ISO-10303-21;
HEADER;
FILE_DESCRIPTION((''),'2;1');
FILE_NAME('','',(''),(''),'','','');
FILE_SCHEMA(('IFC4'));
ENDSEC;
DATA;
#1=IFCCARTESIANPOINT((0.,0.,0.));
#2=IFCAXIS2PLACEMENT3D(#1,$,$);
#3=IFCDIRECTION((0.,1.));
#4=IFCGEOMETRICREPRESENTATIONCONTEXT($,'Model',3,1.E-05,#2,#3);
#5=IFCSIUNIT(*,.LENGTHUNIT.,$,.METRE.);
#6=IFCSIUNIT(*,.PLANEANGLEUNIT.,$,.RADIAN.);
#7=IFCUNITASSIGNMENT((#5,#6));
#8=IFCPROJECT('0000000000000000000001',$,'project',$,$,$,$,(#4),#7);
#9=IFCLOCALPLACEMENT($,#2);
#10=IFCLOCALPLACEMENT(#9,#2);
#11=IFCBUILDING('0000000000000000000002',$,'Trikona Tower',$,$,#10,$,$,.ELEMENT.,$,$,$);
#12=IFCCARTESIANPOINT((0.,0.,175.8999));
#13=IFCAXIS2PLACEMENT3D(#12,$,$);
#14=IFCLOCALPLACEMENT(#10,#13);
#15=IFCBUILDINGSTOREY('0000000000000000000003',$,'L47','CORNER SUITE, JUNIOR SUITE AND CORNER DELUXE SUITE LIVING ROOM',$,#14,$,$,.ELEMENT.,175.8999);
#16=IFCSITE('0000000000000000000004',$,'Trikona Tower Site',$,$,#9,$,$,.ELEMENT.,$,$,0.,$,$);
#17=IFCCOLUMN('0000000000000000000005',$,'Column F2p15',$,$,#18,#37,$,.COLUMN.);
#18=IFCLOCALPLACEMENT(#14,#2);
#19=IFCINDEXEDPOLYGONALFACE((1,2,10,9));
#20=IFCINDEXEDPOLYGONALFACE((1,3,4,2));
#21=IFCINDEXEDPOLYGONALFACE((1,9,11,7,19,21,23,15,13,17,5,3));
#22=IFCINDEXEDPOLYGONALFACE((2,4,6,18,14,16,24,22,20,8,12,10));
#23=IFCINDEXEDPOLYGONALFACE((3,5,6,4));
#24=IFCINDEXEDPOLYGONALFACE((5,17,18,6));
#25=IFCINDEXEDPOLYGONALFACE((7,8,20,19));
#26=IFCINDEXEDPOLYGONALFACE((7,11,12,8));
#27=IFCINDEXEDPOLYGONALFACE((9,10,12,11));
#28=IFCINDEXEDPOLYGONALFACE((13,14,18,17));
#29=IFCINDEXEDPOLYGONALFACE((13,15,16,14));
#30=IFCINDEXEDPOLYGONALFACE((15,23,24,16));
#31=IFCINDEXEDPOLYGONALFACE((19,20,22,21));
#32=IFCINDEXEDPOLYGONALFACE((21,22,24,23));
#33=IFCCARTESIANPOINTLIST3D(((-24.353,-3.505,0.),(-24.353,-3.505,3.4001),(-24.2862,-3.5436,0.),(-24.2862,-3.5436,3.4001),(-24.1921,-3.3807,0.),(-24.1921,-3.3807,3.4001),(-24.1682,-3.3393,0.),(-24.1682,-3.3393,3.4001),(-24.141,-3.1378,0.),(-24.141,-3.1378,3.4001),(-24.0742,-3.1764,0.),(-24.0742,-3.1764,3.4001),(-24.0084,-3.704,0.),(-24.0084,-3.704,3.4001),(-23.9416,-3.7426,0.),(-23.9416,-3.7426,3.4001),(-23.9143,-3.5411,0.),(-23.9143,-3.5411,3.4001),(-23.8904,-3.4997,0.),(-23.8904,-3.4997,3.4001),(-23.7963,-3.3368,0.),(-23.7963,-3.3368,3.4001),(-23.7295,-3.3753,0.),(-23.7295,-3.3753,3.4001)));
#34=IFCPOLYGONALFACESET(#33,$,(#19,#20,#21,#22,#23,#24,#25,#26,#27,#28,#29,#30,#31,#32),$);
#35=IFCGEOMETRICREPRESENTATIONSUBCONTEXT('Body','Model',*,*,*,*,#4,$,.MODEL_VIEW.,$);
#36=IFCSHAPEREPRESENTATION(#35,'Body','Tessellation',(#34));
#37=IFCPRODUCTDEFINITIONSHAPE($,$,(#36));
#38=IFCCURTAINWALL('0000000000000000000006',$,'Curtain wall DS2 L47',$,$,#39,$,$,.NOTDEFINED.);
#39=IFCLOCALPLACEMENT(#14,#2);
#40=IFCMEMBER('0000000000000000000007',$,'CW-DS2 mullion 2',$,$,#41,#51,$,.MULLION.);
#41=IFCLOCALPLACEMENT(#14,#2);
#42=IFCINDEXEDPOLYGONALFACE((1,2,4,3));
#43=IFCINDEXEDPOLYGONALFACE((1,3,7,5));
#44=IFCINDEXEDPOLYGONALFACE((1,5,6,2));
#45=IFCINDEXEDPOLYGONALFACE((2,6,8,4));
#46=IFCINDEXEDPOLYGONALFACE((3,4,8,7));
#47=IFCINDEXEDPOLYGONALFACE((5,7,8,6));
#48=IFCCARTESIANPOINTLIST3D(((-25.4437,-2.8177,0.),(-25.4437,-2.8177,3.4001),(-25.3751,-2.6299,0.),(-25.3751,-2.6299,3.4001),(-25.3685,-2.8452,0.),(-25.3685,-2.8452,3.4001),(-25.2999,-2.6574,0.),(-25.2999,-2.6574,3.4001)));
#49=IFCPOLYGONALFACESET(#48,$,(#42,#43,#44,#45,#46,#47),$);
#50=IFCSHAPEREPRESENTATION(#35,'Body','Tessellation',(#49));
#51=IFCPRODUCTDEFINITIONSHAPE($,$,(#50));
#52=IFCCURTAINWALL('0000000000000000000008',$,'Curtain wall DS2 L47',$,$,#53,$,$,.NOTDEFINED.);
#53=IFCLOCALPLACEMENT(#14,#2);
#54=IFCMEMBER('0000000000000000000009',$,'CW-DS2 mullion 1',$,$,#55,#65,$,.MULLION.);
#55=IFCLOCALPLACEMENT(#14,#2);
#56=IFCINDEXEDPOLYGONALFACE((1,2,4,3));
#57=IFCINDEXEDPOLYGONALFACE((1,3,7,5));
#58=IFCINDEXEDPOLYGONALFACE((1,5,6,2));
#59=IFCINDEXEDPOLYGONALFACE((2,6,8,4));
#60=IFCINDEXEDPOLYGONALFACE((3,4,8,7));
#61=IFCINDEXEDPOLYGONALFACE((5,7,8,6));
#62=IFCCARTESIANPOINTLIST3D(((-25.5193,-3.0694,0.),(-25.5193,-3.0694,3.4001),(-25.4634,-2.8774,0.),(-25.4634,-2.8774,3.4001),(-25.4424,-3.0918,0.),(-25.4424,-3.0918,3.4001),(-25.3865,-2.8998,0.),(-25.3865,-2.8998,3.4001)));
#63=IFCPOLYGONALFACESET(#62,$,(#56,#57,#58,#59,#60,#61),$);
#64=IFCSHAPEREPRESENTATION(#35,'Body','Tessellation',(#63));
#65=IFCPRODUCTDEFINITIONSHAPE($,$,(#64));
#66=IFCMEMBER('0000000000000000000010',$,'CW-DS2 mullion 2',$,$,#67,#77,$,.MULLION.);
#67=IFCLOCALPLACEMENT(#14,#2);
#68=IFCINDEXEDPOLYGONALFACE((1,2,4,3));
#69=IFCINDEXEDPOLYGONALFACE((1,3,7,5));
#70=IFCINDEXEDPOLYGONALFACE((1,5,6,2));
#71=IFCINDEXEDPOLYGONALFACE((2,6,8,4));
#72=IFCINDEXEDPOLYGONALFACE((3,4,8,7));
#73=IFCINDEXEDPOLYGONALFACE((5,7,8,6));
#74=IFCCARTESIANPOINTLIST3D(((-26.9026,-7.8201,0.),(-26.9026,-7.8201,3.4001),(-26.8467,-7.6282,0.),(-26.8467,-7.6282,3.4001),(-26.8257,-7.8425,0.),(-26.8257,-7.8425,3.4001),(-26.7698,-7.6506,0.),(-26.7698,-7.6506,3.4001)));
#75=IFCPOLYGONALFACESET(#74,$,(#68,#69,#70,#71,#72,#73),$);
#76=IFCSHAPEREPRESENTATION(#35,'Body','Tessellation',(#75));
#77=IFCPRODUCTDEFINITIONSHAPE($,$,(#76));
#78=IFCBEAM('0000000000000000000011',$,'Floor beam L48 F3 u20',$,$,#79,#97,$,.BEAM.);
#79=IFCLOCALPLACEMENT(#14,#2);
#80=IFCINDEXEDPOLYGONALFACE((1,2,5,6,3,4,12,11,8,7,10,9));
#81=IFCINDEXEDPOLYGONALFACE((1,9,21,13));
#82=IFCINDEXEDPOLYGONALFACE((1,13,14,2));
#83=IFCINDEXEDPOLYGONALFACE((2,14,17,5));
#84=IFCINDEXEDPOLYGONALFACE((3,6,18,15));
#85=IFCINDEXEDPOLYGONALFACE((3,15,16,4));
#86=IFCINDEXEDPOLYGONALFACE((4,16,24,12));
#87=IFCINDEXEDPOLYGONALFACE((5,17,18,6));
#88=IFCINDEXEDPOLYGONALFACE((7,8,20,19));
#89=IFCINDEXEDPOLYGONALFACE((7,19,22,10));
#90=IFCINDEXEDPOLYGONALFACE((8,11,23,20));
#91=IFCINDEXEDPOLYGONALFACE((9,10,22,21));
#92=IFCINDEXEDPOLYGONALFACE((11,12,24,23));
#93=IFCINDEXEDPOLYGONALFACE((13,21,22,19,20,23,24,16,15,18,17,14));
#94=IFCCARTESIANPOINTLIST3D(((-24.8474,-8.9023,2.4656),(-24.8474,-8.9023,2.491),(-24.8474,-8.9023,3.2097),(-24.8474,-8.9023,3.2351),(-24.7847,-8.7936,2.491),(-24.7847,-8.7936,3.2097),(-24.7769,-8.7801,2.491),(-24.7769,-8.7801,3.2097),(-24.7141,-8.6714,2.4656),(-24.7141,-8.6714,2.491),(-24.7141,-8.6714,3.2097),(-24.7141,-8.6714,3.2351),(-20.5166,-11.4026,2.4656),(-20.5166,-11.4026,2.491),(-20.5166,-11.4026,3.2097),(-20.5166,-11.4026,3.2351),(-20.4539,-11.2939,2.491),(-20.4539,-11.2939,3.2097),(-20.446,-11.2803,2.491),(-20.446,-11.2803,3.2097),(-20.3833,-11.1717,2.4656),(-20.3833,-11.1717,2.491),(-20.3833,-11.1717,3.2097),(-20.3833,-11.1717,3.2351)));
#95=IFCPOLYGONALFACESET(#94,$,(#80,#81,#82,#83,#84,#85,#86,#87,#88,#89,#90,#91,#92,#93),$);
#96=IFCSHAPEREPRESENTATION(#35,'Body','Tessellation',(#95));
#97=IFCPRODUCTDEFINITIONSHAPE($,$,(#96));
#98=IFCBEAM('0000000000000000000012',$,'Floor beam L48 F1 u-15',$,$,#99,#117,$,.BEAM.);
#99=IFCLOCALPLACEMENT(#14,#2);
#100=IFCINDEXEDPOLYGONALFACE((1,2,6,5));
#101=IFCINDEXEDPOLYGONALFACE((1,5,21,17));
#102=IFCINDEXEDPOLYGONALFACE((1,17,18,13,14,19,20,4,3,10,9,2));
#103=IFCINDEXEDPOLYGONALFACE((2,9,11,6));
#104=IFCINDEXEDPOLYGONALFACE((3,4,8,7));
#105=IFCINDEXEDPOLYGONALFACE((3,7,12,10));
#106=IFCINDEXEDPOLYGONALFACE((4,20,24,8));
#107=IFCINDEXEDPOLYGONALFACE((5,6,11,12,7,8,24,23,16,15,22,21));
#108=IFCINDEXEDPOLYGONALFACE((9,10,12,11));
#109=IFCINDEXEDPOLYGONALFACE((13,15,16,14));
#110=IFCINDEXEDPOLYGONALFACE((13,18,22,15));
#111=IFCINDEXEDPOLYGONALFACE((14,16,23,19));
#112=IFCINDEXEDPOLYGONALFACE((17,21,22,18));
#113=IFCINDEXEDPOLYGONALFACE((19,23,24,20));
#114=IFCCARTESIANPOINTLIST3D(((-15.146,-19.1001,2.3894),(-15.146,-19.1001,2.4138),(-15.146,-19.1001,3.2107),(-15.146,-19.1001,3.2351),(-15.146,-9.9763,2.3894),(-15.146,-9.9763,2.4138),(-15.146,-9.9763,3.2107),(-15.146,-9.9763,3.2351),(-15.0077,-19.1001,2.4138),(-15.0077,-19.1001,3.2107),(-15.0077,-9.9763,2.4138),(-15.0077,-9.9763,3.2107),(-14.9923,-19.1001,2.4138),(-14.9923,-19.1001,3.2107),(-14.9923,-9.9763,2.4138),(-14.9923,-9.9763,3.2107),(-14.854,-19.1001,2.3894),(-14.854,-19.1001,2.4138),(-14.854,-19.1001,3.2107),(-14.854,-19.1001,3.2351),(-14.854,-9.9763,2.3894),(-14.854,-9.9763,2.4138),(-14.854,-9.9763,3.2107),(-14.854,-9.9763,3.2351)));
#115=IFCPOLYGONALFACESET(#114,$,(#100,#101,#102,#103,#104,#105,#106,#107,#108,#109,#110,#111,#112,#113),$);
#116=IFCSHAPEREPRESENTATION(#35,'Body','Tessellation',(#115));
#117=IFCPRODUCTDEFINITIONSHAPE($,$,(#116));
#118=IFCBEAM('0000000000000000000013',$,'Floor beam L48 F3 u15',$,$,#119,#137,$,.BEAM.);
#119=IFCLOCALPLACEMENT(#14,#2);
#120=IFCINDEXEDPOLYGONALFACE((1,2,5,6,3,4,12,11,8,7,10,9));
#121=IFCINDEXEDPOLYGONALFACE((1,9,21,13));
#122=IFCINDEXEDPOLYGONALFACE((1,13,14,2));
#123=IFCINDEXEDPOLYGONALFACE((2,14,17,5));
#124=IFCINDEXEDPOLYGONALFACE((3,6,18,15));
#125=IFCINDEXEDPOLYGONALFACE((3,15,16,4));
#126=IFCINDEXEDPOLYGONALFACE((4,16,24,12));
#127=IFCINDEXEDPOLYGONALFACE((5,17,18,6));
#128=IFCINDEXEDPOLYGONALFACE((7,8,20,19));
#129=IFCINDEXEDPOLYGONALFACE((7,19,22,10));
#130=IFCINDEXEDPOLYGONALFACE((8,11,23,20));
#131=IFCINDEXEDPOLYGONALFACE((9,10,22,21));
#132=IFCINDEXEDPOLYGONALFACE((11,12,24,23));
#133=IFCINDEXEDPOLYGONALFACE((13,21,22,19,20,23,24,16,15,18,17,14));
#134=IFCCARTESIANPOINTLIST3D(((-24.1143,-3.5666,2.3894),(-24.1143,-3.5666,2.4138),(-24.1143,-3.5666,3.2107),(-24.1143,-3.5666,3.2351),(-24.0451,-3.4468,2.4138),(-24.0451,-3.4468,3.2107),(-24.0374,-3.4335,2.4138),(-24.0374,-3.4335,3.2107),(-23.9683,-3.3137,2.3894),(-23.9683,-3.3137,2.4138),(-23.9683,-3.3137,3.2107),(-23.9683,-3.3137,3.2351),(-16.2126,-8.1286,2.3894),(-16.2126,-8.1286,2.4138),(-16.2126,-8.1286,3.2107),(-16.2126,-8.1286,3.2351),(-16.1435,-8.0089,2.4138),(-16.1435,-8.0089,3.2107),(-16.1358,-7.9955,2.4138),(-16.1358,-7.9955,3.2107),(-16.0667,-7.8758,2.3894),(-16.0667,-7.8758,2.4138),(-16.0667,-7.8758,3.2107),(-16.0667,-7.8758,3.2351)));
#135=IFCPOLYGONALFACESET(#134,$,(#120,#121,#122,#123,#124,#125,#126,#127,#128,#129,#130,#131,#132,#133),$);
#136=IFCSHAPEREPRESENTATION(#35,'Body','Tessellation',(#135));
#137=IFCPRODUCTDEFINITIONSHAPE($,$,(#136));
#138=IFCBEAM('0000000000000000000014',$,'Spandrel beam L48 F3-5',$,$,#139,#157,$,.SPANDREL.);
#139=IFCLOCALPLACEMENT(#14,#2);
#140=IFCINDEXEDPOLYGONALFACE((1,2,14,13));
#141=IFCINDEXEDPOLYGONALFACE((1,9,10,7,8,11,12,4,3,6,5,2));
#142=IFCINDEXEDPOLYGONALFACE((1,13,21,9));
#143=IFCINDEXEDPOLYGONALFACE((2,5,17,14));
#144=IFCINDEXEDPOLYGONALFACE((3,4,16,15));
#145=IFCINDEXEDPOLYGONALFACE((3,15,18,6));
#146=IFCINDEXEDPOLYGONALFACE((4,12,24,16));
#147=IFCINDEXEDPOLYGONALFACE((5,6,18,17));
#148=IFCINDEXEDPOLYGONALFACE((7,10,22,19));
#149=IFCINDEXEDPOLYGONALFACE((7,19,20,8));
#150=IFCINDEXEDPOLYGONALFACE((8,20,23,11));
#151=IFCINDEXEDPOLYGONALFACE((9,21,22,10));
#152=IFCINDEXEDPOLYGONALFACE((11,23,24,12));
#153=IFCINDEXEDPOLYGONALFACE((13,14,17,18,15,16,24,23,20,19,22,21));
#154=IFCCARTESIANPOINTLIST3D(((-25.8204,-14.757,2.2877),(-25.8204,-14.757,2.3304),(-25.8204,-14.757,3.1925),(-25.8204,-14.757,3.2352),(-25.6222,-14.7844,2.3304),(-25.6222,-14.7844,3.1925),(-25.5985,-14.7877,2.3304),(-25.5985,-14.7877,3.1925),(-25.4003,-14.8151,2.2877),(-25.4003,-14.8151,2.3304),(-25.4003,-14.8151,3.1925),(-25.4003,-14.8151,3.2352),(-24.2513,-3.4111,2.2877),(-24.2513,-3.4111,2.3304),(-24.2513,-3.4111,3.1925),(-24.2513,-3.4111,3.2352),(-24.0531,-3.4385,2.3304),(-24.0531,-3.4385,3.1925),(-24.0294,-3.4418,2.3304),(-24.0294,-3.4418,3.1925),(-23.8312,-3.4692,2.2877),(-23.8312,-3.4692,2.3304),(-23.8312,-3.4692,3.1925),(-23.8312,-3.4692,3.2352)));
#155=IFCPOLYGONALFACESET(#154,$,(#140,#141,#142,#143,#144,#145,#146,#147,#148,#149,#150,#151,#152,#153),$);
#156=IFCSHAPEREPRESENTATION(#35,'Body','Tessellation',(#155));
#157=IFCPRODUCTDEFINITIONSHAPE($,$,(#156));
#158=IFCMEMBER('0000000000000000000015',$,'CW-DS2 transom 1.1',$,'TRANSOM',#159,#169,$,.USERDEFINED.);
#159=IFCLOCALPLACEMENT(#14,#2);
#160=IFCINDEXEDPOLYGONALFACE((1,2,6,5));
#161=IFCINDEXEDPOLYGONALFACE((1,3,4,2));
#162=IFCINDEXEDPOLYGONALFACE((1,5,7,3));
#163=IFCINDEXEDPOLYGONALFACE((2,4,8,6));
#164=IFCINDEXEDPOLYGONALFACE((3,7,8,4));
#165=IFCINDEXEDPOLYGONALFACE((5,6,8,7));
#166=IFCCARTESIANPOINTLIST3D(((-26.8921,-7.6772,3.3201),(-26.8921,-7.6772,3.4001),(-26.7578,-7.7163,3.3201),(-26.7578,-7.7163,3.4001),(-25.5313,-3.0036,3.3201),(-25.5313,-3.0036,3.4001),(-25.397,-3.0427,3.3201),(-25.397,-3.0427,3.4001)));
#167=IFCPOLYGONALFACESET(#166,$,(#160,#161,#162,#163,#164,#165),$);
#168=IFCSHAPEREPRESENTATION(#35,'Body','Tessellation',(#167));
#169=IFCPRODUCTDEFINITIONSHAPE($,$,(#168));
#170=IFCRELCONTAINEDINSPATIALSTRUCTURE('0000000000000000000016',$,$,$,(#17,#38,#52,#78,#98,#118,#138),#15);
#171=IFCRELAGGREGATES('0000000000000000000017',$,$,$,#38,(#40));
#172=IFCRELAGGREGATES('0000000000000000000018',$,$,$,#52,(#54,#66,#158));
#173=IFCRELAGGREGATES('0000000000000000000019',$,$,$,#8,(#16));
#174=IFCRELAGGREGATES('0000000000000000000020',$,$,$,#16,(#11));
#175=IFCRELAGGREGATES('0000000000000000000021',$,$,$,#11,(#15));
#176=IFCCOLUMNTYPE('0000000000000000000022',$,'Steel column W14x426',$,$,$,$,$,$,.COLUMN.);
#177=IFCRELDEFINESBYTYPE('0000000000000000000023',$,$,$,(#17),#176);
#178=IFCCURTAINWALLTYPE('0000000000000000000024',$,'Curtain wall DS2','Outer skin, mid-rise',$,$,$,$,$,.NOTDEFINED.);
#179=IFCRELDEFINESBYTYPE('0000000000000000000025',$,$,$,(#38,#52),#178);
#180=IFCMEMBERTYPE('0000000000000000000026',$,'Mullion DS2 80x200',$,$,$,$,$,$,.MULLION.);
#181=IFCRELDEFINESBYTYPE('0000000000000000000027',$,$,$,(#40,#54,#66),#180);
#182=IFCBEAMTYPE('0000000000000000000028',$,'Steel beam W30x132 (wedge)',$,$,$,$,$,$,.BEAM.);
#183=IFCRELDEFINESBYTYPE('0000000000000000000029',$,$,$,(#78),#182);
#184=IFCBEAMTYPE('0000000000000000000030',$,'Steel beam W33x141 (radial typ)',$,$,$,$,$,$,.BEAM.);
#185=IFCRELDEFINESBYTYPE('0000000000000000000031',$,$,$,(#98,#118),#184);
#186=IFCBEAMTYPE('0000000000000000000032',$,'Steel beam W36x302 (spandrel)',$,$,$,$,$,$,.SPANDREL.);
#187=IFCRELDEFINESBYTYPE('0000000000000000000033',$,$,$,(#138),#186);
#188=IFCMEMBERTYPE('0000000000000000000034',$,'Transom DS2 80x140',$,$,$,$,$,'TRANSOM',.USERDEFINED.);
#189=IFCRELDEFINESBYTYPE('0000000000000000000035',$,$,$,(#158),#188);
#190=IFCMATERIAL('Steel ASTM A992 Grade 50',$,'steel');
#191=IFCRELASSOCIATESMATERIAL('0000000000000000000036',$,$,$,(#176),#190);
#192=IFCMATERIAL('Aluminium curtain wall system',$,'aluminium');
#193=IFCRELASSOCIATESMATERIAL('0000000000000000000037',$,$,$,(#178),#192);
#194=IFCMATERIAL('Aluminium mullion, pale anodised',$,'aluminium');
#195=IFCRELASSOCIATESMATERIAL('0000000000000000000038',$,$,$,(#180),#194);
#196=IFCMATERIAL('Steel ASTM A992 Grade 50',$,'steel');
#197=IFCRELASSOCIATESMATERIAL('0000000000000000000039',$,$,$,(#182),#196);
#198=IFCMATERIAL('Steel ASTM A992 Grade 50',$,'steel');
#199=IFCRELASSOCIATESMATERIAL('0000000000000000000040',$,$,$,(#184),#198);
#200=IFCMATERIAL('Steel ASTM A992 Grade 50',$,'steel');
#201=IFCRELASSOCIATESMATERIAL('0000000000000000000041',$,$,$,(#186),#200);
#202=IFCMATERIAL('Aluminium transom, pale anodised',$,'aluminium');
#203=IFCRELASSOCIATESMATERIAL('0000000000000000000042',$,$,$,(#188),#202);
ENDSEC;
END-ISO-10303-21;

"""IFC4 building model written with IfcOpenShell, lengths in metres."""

from ifc_helpers import new_model, si_unit, direction, frame, origin, origin_2d, place, context, subcontext, project, spatial, rectangle, i_section, extrude, material, material_profile, profile_set, type_object, element, aggregate, save


model = new_model("IFC4")

# Units and contexts
model_context = context("Model", 3, precision=1e-05, world=origin(), true_north=direction((0.0, 1.0)))
body_context = subcontext(model_context, "Body", "Model", "MODEL_VIEW")
ifc_project = project(units=[si_unit("LENGTHUNIT", "METRE"), si_unit("PLANEANGLEUNIT", "RADIAN")], contexts=[model_context])

# Site, building, storey
site_placement = place(None, origin())
site = spatial("IfcSite", under=ifc_project, at=site_placement, Name="Trikona Tower Site", CompositionType="ELEMENT", RefElevation=0.0)
building_placement = place(site_placement, origin())
building = spatial("IfcBuilding", under=site, at=building_placement, Name="Trikona Tower", CompositionType="ELEMENT")
storey_placement = place(building_placement, frame((0.0, 0.0, 175.8999)))
storey = spatial("IfcBuildingStorey", under=building, at=storey_placement, Name="L47", Description="CORNER SUITE, JUNIOR SUITE AND CORNER DELUXE SUITE LIVING ROOM", CompositionType="ELEMENT", Elevation=175.8999)

# Column
ifc_material_1 = material(Name="Steel ASTM A992 Grade 50", Category="steel")
ifc_material_profile_1 = material_profile(ifc_material_1, i_section(OverallWidth=0.4241, OverallDepth=0.4751, WebThickness=0.0479, FlangeThickness=0.0771, at=origin_2d()), Name="W14X426")
ifc_profile_set_1 = profile_set([ifc_material_profile_1], Name="Steel ASTM A992 Grade 50")
column_type = type_object("IfcColumnType", Name="Steel column W14x426", PredefinedType="COLUMN", material=ifc_profile_set_1)
column_placement = place(storey_placement, frame((-24.0413, -3.4402, 0.0), z_axis=(0.0, 0.0, 1.0), x_axis=(-0.5, -0.866025, 0.0)))
element("IfcColumn", 1, at=column_placement, inside=storey, type_object=column_type, Name="Column F2p15", PredefinedType="COLUMN", context=body_context, shape_type="SweptSolid", body=[
    extrude(i_section(OverallWidth=0.4241, OverallDepth=0.4751, WebThickness=0.0479, FlangeThickness=0.0771, at=origin_2d()), origin(), (0.0, 0.0, 1.0), 3.4001),
])

# Curtain wall, member
ifc_material_2 = material(Name="Aluminium curtain wall system", Category="aluminium")
curtain_wall_type = type_object("IfcCurtainWallType", Name="Curtain wall DS2", Description="Outer skin, mid-rise", PredefinedType="NOTDEFINED", material=ifc_material_2)
curtain_wall_1_placement = place(storey_placement, origin())
curtain_wall_1 = element("IfcCurtainWall", 2, at=curtain_wall_1_placement, inside=storey, type_object=curtain_wall_type, Name="Curtain wall DS2 L47", PredefinedType="NOTDEFINED")
ifc_material_3 = material(Name="Aluminium mullion, pale anodised", Category="aluminium")
ifc_material_profile_2 = material_profile(ifc_material_3, rectangle(XDim=0.0801, YDim=0.2, at=origin_2d()), Name="MUL-DS2")
ifc_profile_set_2 = profile_set([ifc_material_profile_2], Name="Aluminium mullion, pale anodised")
member_type_1 = type_object("IfcMemberType", Name="Mullion DS2 80x200", PredefinedType="MULLION", material=ifc_profile_set_2)
member_1_placement = place(storey_placement, frame((-25.3718, -2.7375, 0.0), z_axis=(0.0, 0.0, 1.0), x_axis=(0.939254, -0.343223, 0.0)))
member_1 = element("IfcMember", 3, at=member_1_placement, type_object=member_type_1, Name="CW-DS2 mullion 2", PredefinedType="MULLION", context=body_context, shape_type="SweptSolid", body=[
    extrude(rectangle(XDim=0.0801, YDim=0.2, at=origin_2d()), origin(), (0.0, 0.0, 1.0), 3.4001),
])
aggregate(curtain_wall_1, [member_1])

# Curtain wall, members
curtain_wall_2_placement = place(storey_placement, origin())
curtain_wall_2 = element("IfcCurtainWall", 4, at=curtain_wall_2_placement, inside=storey, type_object=curtain_wall_type, Name="Curtain wall DS2 L47", PredefinedType="NOTDEFINED")
member_2_placement = place(storey_placement, frame((-25.4529, -2.9846, 0.0), z_axis=(0.0, 0.0, 1.0), x_axis=(0.960133, -0.279543, 0.0)))
member_2 = element("IfcMember", 5, at=member_2_placement, type_object=member_type_1, Name="CW-DS2 mullion 1", PredefinedType="MULLION", context=body_context, shape_type="SweptSolid", body=[
    extrude(rectangle(XDim=0.0801, YDim=0.2, at=origin_2d()), origin(), (0.0, 0.0, 1.0), 3.4001),
])
member_3_placement = place(storey_placement, frame((-26.8362, -7.7354, 0.0), z_axis=(0.0, 0.0, 1.0), x_axis=(0.960133, -0.279543, 0.0)))
member_3 = element("IfcMember", 6, at=member_3_placement, type_object=member_type_1, Name="CW-DS2 mullion 2", PredefinedType="MULLION", context=body_context, shape_type="SweptSolid", body=[
    extrude(rectangle(XDim=0.0801, YDim=0.2, at=origin_2d()), origin(), (0.0, 0.0, 1.0), 3.4001),
])

# Beams
ifc_material_4 = material(Name="Steel ASTM A992 Grade 50", Category="steel")
ifc_material_profile_3 = material_profile(ifc_material_4, i_section(OverallWidth=0.2666, OverallDepth=0.7695, WebThickness=0.0156, FlangeThickness=0.0254, at=origin_2d()), Name="W30X132")
ifc_profile_set_3 = profile_set([ifc_material_profile_3], Name="Steel ASTM A992 Grade 50")
beam_type_1 = type_object("IfcBeamType", Name="Steel beam W30x132 (wedge)", PredefinedType="BEAM", material=ifc_profile_set_3)
beam_1_placement = place(storey_placement, frame((-20.45, -11.2871, 2.8503), z_axis=(-0.866038, 0.499977, 0.0), x_axis=(-0.499977, -0.866038, 0.0)))
element("IfcBeam", 7, at=beam_1_placement, inside=storey, type_object=beam_type_1, Name="Floor beam L48 F3 u20", PredefinedType="BEAM", context=body_context, shape_type="SweptSolid", body=[
    extrude(i_section(OverallWidth=0.2666, OverallDepth=0.7695, WebThickness=0.0156, FlangeThickness=0.0254, at=origin_2d()), origin(), (0.0, 0.0, 1.0), 5.0007),
])
ifc_material_5 = material(Name="Steel ASTM A992 Grade 50", Category="steel")
ifc_material_profile_4 = material_profile(ifc_material_5, i_section(OverallWidth=0.292, OverallDepth=0.8457, WebThickness=0.0154, FlangeThickness=0.0244, at=origin_2d()), Name="W33X141")
ifc_profile_set_4 = profile_set([ifc_material_profile_4], Name="Steel ASTM A992 Grade 50")
beam_type_2 = type_object("IfcBeamType", Name="Steel beam W33x141 (radial typ)", PredefinedType="BEAM", material=ifc_profile_set_4)
beam_2_placement = place(storey_placement, frame((-15.0, -9.9763, 2.8123), z_axis=(0.0, -1.0, 0.0), x_axis=(1.0, 0.0, 0.0)))
element("IfcBeam", 8, at=beam_2_placement, inside=storey, type_object=beam_type_2, Name="Floor beam L48 F1 u-15", PredefinedType="BEAM", context=body_context, shape_type="SweptSolid", body=[
    extrude(i_section(OverallWidth=0.292, OverallDepth=0.8457, WebThickness=0.0154, FlangeThickness=0.0244, at=origin_2d()), origin(), (0.0, 0.0, 1.0), 9.1238),
])
beam_3_placement = place(storey_placement, frame((-16.1396, -8.0022, 2.8123), z_axis=(-0.866025, 0.500001, 0.0), x_axis=(-0.500001, -0.866025, 0.0)))
element("IfcBeam", 9, at=beam_3_placement, inside=storey, type_object=beam_type_2, Name="Floor beam L48 F3 u15", PredefinedType="BEAM", context=body_context, shape_type="SweptSolid", body=[
    extrude(i_section(OverallWidth=0.292, OverallDepth=0.8457, WebThickness=0.0154, FlangeThickness=0.0244, at=origin_2d()), origin(), (0.0, 0.0, 1.0), 9.124),
])
ifc_material_6 = material(Name="Steel ASTM A992 Grade 50", Category="steel")
ifc_material_profile_5 = material_profile(ifc_material_6, i_section(OverallWidth=0.4241, OverallDepth=0.9475, WebThickness=0.0239, FlangeThickness=0.0427, at=origin_2d()), Name="W36X302")
ifc_profile_set_5 = profile_set([ifc_material_profile_5], Name="Steel ASTM A992 Grade 50")
beam_type_3 = type_object("IfcBeamType", Name="Steel beam W36x302 (spandrel)", PredefinedType="SPANDREL", material=ifc_profile_set_5)
beam_4_placement = place(storey_placement, frame((-24.0413, -3.4402, 2.7615), z_axis=(-0.136992, -0.990572, 0.0), x_axis=(0.990572, -0.136992, 0.0)))
element("IfcBeam", 10, at=beam_4_placement, inside=storey, type_object=beam_type_3, Name="Spandrel beam L48 F3-5", PredefinedType="SPANDREL", context=body_context, shape_type="SweptSolid", body=[
    extrude(i_section(OverallWidth=0.4241, OverallDepth=0.9475, WebThickness=0.0239, FlangeThickness=0.0427, at=origin_2d()), origin(), (0.0, 0.0, 1.0), 11.4539),
])

# Member
ifc_material_7 = material(Name="Aluminium transom, pale anodised", Category="aluminium")
ifc_material_profile_6 = material_profile(ifc_material_7, rectangle(XDim=0.1399, YDim=0.0801, at=origin_2d()), Name="TRN-DS2")
ifc_profile_set_6 = profile_set([ifc_material_profile_6], Name="Aluminium transom, pale anodised")
member_type_2 = type_object("IfcMemberType", Name="Transom DS2 80x140", ElementType="TRANSOM", PredefinedType="USERDEFINED", material=ifc_profile_set_6)
member_4_placement = place(storey_placement, frame((-25.4641, -3.0232, 3.3601), z_axis=(-0.279567, -0.960126, 0.0), x_axis=(0.960126, -0.279567, 0.0)))
member_4 = element("IfcMember", 11, at=member_4_placement, type_object=member_type_2, Name="CW-DS2 transom 1.1", ObjectType="TRANSOM", PredefinedType="USERDEFINED", context=body_context, shape_type="SweptSolid", body=[
    extrude(rectangle(XDim=0.1399, YDim=0.0801, at=origin_2d()), origin(), (0.0, 0.0, 1.0), 4.8677),
])

aggregate(curtain_wall_2, [member_2, member_3, member_4])

save(model, "model.ifc")
